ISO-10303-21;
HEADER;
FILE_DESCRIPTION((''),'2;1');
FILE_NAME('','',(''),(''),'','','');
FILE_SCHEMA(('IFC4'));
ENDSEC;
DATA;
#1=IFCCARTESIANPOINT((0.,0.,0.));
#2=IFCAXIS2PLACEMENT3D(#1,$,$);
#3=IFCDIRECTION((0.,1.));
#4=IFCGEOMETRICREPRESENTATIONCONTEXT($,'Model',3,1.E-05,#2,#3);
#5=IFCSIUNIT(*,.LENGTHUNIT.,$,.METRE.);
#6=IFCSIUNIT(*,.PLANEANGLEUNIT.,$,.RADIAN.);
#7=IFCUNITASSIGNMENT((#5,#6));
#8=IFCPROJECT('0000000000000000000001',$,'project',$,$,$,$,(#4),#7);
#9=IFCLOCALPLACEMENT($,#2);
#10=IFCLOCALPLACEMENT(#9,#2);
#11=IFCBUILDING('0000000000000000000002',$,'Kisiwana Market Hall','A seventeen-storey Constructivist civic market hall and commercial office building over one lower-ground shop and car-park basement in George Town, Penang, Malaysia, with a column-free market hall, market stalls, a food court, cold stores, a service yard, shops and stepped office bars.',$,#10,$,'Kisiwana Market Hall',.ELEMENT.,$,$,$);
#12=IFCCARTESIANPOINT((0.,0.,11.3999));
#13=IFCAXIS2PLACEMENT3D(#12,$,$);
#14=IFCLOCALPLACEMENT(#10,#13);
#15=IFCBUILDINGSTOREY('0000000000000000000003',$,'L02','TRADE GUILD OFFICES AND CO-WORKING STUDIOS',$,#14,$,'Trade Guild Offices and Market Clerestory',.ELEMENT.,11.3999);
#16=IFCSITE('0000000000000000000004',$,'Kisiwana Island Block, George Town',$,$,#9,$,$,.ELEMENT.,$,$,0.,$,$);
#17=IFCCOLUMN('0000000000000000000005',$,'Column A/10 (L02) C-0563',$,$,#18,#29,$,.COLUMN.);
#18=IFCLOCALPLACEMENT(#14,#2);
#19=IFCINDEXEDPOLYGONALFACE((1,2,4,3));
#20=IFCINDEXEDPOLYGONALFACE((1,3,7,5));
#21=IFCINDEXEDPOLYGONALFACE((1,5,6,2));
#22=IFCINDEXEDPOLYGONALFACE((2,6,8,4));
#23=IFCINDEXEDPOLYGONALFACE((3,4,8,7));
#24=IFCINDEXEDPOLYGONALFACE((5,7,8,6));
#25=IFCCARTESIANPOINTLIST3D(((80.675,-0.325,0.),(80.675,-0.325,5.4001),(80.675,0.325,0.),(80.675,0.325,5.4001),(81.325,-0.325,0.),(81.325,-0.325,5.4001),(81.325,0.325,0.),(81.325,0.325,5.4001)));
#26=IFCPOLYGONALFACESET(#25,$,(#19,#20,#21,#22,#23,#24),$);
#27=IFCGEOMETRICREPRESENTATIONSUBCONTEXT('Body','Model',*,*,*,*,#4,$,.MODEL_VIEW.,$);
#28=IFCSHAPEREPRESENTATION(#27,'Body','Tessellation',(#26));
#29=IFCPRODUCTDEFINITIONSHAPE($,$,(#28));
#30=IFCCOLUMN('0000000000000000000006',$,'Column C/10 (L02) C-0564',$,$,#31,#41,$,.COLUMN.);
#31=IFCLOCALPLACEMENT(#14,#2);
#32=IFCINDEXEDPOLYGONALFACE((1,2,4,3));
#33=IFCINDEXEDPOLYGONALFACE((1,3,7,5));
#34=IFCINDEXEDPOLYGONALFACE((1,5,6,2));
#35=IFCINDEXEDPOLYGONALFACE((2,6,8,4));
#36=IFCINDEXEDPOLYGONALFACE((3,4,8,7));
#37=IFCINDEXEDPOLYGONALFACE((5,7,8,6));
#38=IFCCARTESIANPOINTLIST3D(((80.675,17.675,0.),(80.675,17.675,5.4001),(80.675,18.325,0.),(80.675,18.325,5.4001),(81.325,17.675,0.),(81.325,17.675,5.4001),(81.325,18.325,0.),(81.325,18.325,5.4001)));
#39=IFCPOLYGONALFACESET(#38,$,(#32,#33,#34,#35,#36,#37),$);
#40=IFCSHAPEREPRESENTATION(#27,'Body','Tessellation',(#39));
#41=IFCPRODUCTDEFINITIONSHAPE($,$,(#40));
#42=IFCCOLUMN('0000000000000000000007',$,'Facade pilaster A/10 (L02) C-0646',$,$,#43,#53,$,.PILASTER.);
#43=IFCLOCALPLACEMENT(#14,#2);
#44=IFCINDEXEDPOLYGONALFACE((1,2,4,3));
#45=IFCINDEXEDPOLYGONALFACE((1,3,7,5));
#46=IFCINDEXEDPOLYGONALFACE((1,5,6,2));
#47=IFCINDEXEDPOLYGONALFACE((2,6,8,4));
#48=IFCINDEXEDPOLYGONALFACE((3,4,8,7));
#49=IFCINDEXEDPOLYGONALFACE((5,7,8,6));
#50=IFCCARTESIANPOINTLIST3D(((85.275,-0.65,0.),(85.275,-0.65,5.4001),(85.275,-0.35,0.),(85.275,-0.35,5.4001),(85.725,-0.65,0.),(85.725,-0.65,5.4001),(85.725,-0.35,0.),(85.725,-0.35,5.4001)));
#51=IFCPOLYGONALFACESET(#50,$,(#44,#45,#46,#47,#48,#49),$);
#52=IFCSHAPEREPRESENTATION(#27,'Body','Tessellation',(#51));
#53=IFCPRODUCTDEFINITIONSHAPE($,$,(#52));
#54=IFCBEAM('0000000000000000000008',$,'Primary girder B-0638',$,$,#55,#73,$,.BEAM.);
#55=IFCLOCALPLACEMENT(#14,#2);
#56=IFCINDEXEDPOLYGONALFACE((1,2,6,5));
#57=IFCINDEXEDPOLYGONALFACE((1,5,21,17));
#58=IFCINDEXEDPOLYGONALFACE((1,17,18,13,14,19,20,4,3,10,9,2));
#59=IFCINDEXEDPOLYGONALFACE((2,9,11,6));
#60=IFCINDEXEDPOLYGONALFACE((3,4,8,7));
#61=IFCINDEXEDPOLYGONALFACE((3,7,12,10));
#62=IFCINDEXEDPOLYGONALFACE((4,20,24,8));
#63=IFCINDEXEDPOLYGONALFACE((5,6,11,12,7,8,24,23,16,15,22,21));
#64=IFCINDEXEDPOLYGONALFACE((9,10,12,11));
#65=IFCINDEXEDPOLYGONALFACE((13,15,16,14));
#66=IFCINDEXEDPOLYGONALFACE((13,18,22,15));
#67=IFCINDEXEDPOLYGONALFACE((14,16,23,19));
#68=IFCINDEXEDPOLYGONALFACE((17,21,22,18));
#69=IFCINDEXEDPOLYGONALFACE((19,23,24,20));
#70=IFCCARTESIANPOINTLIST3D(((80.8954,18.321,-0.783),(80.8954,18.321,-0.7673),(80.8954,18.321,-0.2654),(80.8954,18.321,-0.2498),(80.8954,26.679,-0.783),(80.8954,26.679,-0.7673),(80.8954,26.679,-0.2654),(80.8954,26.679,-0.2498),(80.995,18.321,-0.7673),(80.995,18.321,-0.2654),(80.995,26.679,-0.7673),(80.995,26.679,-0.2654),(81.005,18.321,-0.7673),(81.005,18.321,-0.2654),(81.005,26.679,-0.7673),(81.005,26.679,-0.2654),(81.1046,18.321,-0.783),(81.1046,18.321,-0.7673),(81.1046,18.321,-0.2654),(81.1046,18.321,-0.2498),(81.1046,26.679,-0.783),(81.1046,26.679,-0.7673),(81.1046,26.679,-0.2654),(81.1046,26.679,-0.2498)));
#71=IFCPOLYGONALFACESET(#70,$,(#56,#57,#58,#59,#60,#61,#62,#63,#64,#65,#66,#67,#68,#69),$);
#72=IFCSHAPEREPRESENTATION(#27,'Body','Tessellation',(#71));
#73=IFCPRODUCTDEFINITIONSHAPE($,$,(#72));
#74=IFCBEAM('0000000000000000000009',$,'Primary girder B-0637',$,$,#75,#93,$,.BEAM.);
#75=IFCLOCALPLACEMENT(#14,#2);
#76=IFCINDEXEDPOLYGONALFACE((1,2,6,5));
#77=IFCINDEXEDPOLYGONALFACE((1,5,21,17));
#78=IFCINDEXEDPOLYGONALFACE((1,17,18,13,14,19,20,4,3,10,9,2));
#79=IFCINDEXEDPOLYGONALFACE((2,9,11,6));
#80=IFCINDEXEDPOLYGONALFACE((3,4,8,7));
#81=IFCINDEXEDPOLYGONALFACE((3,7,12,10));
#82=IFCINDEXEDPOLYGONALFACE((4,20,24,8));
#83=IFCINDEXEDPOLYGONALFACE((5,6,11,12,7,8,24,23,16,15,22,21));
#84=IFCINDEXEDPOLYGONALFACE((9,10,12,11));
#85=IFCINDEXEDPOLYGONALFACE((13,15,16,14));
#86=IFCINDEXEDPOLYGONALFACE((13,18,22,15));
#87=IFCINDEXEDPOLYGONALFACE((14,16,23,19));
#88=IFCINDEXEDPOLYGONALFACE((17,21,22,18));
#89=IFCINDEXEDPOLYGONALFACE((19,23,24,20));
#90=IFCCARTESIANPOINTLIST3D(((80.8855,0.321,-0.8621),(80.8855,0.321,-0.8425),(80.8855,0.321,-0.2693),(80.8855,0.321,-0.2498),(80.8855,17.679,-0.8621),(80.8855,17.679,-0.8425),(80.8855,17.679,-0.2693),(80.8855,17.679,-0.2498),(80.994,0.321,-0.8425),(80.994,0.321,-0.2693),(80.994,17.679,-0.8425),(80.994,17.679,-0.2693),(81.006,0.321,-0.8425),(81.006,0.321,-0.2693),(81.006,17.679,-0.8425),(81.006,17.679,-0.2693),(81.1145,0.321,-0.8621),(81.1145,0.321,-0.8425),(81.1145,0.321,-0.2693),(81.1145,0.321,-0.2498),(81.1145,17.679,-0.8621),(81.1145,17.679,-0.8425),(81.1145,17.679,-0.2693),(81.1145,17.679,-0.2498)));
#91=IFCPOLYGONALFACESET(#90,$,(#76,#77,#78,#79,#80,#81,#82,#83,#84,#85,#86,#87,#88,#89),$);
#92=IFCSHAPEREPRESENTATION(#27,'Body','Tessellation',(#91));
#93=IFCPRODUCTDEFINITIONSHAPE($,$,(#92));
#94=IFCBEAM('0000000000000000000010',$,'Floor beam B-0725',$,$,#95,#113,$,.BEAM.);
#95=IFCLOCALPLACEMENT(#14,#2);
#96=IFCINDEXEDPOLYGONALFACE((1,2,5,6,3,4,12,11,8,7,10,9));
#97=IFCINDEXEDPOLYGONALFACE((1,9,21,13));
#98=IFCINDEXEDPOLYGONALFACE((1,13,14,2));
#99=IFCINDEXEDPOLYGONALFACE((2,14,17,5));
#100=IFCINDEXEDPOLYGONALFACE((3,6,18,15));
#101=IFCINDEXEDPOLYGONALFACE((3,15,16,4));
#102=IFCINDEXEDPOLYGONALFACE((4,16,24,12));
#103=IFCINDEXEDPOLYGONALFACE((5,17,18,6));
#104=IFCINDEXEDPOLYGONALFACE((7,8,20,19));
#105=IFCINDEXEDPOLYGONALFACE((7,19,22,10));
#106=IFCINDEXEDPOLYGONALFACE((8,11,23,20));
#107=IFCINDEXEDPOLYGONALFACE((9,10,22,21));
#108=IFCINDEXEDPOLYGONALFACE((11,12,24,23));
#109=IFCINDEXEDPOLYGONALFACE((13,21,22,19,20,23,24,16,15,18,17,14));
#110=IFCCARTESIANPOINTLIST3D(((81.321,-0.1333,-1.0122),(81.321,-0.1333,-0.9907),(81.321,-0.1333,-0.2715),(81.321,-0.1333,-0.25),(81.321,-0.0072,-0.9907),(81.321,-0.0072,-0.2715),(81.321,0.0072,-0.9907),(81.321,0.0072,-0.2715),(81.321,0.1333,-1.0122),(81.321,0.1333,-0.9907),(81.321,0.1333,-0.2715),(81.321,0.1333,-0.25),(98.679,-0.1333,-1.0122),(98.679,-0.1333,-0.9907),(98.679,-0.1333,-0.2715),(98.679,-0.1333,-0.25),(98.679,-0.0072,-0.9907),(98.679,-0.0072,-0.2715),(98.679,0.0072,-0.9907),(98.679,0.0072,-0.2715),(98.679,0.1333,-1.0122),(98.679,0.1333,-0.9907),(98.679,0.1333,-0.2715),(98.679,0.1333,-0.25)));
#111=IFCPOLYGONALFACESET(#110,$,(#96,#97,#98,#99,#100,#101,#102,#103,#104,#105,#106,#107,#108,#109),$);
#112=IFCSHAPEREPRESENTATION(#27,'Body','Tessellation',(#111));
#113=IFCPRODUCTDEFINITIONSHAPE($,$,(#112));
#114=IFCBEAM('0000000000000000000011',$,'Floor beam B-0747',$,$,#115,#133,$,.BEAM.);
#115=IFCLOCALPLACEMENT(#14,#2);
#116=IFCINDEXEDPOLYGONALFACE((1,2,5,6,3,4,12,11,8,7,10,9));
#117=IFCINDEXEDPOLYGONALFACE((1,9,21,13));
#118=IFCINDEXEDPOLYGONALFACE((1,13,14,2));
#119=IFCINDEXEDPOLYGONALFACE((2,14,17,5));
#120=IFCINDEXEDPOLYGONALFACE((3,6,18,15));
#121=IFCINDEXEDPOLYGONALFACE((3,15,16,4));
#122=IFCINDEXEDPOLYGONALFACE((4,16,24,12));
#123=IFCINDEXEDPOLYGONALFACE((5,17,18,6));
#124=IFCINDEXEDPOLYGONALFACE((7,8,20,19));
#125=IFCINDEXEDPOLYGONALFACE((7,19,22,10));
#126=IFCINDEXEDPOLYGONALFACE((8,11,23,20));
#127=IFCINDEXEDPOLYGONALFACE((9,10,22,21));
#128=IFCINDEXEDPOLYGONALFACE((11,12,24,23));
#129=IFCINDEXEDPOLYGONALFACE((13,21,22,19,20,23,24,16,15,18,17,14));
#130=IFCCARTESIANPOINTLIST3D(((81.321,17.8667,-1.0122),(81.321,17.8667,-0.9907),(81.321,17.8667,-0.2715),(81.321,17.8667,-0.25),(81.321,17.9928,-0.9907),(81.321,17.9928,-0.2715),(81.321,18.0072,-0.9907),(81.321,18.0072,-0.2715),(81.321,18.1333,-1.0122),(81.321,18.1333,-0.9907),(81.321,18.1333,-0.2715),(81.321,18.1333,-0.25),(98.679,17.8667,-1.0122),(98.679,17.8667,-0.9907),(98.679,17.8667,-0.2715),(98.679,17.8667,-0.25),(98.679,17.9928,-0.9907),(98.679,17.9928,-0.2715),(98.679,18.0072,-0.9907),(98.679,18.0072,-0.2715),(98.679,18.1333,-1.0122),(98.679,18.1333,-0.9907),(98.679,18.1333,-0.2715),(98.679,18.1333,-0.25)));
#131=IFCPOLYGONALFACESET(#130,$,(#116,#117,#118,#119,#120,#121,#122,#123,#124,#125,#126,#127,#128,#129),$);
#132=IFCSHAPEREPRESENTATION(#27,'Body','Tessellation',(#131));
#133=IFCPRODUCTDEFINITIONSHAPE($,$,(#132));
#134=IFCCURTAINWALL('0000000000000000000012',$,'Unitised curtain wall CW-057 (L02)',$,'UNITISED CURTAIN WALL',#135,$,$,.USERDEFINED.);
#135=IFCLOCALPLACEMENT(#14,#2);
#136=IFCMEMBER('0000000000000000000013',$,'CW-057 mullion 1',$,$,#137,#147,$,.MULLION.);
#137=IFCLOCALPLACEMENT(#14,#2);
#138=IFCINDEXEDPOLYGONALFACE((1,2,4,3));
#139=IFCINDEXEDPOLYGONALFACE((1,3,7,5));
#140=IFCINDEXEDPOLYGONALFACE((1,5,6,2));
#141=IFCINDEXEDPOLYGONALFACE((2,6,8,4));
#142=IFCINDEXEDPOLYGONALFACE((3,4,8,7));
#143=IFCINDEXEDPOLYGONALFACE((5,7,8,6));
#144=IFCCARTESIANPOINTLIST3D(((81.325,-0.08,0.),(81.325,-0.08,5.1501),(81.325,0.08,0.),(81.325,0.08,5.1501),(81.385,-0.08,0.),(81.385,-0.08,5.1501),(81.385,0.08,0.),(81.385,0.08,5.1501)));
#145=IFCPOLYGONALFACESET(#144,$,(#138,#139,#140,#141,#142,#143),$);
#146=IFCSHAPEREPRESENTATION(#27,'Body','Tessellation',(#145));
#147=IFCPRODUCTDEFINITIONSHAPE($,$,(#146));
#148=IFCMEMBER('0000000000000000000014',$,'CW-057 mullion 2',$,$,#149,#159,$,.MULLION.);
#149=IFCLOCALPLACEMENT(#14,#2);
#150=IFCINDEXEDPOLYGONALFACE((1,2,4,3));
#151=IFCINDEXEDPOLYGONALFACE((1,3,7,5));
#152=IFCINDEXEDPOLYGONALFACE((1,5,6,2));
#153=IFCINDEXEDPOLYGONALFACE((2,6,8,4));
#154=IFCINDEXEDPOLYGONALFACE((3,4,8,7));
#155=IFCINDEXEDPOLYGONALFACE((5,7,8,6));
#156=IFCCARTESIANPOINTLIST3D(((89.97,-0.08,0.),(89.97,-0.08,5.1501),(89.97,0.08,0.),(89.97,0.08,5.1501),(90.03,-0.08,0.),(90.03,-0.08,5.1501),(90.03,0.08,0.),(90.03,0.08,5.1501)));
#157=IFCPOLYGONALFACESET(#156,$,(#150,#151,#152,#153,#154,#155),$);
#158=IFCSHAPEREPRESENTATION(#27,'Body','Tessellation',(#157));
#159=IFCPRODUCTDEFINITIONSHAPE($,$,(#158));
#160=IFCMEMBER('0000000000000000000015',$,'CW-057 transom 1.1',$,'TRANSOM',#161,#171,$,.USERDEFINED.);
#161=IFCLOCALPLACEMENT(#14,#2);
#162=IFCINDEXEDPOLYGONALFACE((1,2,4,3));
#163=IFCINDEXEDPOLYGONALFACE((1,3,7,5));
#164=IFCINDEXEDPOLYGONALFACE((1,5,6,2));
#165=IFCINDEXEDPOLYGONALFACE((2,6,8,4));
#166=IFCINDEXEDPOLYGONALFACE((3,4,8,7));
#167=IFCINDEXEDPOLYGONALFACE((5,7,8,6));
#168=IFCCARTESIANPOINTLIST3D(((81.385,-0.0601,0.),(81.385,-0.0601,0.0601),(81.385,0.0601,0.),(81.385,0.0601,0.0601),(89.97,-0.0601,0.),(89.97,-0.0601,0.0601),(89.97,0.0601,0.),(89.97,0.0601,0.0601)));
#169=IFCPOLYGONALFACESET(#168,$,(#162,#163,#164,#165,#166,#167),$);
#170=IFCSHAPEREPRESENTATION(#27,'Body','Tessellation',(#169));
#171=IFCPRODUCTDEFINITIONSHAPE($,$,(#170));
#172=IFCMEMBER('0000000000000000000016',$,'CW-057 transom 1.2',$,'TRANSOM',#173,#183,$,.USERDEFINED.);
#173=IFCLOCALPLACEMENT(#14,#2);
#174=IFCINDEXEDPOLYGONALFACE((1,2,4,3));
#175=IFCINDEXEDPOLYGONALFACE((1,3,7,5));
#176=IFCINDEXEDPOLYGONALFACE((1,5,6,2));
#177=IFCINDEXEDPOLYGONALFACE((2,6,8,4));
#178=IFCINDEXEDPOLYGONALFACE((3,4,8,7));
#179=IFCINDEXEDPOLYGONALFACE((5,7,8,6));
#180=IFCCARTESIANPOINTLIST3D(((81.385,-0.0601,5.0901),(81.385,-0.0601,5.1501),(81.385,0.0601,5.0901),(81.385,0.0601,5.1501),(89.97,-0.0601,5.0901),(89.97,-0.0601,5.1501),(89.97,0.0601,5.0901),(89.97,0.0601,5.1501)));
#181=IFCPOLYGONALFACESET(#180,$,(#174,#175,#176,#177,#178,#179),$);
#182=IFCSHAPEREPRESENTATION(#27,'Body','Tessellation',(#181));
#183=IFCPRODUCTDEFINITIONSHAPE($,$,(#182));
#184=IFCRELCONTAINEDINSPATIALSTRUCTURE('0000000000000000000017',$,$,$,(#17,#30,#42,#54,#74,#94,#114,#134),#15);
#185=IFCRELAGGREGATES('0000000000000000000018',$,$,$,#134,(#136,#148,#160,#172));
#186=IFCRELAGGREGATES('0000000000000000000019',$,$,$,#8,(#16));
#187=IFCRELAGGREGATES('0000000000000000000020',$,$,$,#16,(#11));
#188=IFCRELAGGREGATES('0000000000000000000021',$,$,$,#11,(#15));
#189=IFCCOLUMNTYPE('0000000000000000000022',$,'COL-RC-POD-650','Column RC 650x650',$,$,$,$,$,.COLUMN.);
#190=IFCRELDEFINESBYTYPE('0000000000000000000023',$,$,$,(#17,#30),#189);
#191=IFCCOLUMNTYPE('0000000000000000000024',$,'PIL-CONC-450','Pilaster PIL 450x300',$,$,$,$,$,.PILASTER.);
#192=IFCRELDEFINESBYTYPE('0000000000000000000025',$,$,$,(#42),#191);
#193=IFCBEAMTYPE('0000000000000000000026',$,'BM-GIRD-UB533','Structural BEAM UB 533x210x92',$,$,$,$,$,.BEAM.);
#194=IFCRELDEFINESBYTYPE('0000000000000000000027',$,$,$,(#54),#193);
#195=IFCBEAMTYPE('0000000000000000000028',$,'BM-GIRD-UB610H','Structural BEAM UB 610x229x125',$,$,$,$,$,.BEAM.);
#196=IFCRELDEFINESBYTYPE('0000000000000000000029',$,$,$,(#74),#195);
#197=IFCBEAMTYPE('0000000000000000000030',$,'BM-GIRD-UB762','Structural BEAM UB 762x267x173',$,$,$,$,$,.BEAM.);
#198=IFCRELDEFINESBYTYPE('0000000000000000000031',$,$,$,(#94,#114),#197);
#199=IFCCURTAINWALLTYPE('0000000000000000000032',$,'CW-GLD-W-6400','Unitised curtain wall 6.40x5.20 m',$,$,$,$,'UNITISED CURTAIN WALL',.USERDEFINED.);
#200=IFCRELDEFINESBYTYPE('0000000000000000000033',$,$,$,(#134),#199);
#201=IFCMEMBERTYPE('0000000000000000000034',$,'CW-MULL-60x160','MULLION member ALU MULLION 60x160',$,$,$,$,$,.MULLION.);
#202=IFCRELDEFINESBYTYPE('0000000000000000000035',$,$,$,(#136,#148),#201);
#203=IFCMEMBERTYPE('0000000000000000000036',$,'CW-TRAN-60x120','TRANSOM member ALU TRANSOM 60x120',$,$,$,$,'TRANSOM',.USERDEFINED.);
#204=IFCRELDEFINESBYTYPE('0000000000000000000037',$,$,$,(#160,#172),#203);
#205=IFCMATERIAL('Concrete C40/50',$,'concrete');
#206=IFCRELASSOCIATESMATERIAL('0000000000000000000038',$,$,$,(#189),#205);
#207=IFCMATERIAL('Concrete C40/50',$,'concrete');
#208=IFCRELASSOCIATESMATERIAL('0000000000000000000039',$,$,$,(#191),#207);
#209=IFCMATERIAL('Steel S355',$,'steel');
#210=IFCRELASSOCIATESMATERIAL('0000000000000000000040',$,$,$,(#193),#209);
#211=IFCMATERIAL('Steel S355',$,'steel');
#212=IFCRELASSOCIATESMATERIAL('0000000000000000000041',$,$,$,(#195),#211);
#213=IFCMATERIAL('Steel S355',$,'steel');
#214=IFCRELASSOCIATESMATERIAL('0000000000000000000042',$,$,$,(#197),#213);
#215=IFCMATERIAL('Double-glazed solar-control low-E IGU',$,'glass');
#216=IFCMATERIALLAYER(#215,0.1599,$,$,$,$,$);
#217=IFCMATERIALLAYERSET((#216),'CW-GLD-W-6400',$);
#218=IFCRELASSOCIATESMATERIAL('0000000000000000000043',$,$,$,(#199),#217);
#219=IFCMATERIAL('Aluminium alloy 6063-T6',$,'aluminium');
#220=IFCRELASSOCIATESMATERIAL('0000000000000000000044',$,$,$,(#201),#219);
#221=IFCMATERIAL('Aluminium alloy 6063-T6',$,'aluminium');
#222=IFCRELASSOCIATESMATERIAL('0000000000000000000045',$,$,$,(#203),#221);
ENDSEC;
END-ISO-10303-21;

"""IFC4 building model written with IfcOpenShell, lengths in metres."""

from ifc_helpers import new_model, si_unit, direction, frame, origin, origin_2d, place, context, subcontext, project, spatial, rectangle, i_section, extrude, material, layer, layer_set, material_profile, profile_set, type_object, element, aggregate, save


model = new_model("IFC4")

# Units and contexts
model_context = context("Model", 3, precision=1e-05, world=origin(), true_north=direction((0.0, 1.0)))
body_context = subcontext(model_context, "Body", "Model", "MODEL_VIEW")
ifc_project = project(units=[si_unit("LENGTHUNIT", "METRE"), si_unit("PLANEANGLEUNIT", "RADIAN")], contexts=[model_context])

# Site, building, storey
site_placement = place(None, origin())
site = spatial("IfcSite", under=ifc_project, at=site_placement, Name="Kisiwana Island Block, George Town", CompositionType="ELEMENT", RefElevation=0.0)
building_placement = place(site_placement, origin())
building = spatial("IfcBuilding", under=site, at=building_placement, Name="Kisiwana Market Hall", Description="A seventeen-storey Constructivist civic market hall and commercial office building over one lower-ground shop and car-park basement in George Town, Penang, Malaysia, with a column-free market hall, market stalls, a food court, cold stores, a service yard, shops and stepped office bars.", LongName="Kisiwana Market Hall", CompositionType="ELEMENT")
storey_placement = place(building_placement, frame((0.0, 0.0, 11.3999)))
storey = spatial("IfcBuildingStorey", under=building, at=storey_placement, Name="L02", Description="TRADE GUILD OFFICES AND CO-WORKING STUDIOS", LongName="Trade Guild Offices and Market Clerestory", CompositionType="ELEMENT", Elevation=11.3999)

# Columns
ifc_material_1 = material(Name="Concrete C40/50", Category="concrete")
ifc_material_profile_1 = material_profile(ifc_material_1, rectangle(XDim=0.6499, YDim=0.6499, at=origin_2d()), Name="RC 650x650")
ifc_profile_set_1 = profile_set([ifc_material_profile_1], Name="Concrete C40/50")
column_type_1 = type_object("IfcColumnType", Name="COL-RC-POD-650", Description="Column RC 650x650", PredefinedType="COLUMN", material=ifc_profile_set_1)
for number, where, z_axis, x_axis, name in (
    (1, (81.0, 0.0, 0.0), (0.0, 0.0, 1.0), (1.0, 0.0, 0.0), "Column A/10 (L02) C-0563"),
    (2, (81.0, 18.0, 0.0), (0.0, 0.0, 1.0), (1.0, 0.0, 0.0), "Column C/10 (L02) C-0564"),
):
    element("IfcColumn", number, at=place(storey_placement, frame(where, z_axis=z_axis, x_axis=x_axis)), inside=storey, type_object=column_type_1, Name=name, PredefinedType="COLUMN", context=body_context, shape_type="SweptSolid", body=[
        extrude(rectangle(XDim=0.6499, YDim=0.6499, at=origin_2d()), origin(), (0.0, 0.0, 1.0), 5.4001),
    ])
ifc_material_2 = material(Name="Concrete C40/50", Category="concrete")
ifc_material_profile_2 = material_profile(ifc_material_2, rectangle(XDim=0.45, YDim=0.3, at=origin_2d()), Name="PIL 450x300")
ifc_profile_set_2 = profile_set([ifc_material_profile_2], Name="Concrete C40/50")
column_type_2 = type_object("IfcColumnType", Name="PIL-CONC-450", Description="Pilaster PIL 450x300", PredefinedType="PILASTER", material=ifc_profile_set_2)
column_placement = place(storey_placement, frame((85.5, -0.5, 0.0), z_axis=(0.0, 0.0, 1.0), x_axis=(1.0, 0.0, 0.0)))
element("IfcColumn", 3, at=column_placement, inside=storey, type_object=column_type_2, Name="Facade pilaster A/10 (L02) C-0646", PredefinedType="PILASTER", context=body_context, shape_type="SweptSolid", body=[
    extrude(rectangle(XDim=0.45, YDim=0.3, at=origin_2d()), origin(), (0.0, 0.0, 1.0), 5.4001),
])

# Beams
ifc_material_3 = material(Name="Steel S355", Category="steel")
ifc_material_profile_3 = material_profile(ifc_material_3, i_section(OverallWidth=0.2092, OverallDepth=0.5332, WebThickness=0.01, FlangeThickness=0.0156, at=origin_2d()), Name="UB 533x210x92")
ifc_profile_set_3 = profile_set([ifc_material_profile_3], Name="Steel S355")
beam_type_1 = type_object("IfcBeamType", Name="BM-GIRD-UB533", Description="Structural BEAM UB 533x210x92", PredefinedType="BEAM", material=ifc_profile_set_3)
beam_1_placement = place(storey_placement, frame((81.0, 18.321, -0.5164), z_axis=(0.0, 1.0, 0.0), x_axis=(-1.0, 0.0, 0.0)))
element("IfcBeam", 4, at=beam_1_placement, inside=storey, type_object=beam_type_1, Name="Primary girder B-0638", PredefinedType="BEAM", context=body_context, shape_type="SweptSolid", body=[
    extrude(i_section(OverallWidth=0.2092, OverallDepth=0.5332, WebThickness=0.01, FlangeThickness=0.0156, at=origin_2d()), origin(), (0.0, 0.0, 1.0), 8.3579),
])
ifc_material_4 = material(Name="Steel S355", Category="steel")
ifc_material_profile_4 = material_profile(ifc_material_4, i_section(OverallWidth=0.229, OverallDepth=0.6123, WebThickness=0.012, FlangeThickness=0.0195, at=origin_2d()), Name="UB 610x229x125")
ifc_profile_set_4 = profile_set([ifc_material_profile_4], Name="Steel S355")
beam_type_2 = type_object("IfcBeamType", Name="BM-GIRD-UB610H", Description="Structural BEAM UB 610x229x125", PredefinedType="BEAM", material=ifc_profile_set_4)
beam_2_placement = place(storey_placement, frame((81.0, 0.321, -0.5559), z_axis=(0.0, 1.0, 0.0), x_axis=(-1.0, 0.0, 0.0)))
element("IfcBeam", 5, at=beam_2_placement, inside=storey, type_object=beam_type_2, Name="Primary girder B-0637", PredefinedType="BEAM", context=body_context, shape_type="SweptSolid", body=[
    extrude(i_section(OverallWidth=0.229, OverallDepth=0.6123, WebThickness=0.012, FlangeThickness=0.0195, at=origin_2d()), origin(), (0.0, 0.0, 1.0), 17.3579),
])
ifc_material_5 = material(Name="Steel S355", Category="steel")
ifc_material_profile_5 = material_profile(ifc_material_5, i_section(OverallWidth=0.2666, OverallDepth=0.7622, WebThickness=0.0144, FlangeThickness=0.0215, at=origin_2d()), Name="UB 762x267x173")
ifc_profile_set_5 = profile_set([ifc_material_profile_5], Name="Steel S355")
beam_type_3 = type_object("IfcBeamType", Name="BM-GIRD-UB762", Description="Structural BEAM UB 762x267x173", PredefinedType="BEAM", material=ifc_profile_set_5)
for number, where, z_axis, x_axis, name in (
    (6, (81.321, 0.0, -0.6311), (1.0, 0.0, 0.0), (0.0, 1.0, 0.0), "Floor beam B-0725"),
    (7, (81.321, 18.0, -0.6311), (1.0, 0.0, 0.0), (0.0, 1.0, 0.0), "Floor beam B-0747"),
):
    element("IfcBeam", number, at=place(storey_placement, frame(where, z_axis=z_axis, x_axis=x_axis)), inside=storey, type_object=beam_type_3, Name=name, PredefinedType="BEAM", context=body_context, shape_type="SweptSolid", body=[
        extrude(i_section(OverallWidth=0.2666, OverallDepth=0.7622, WebThickness=0.0144, FlangeThickness=0.0215, at=origin_2d()), origin(), (0.0, 0.0, 1.0), 17.3579),
    ])

# Curtain wall, members
ifc_material_6 = material(Name="Double-glazed solar-control low-E IGU", Category="glass")
ifc_layer_1 = layer(ifc_material_6, 0.1599)
ifc_layer_set_1 = layer_set([ifc_layer_1], Name="CW-GLD-W-6400")
curtain_wall_type = type_object("IfcCurtainWallType", Name="CW-GLD-W-6400", Description="Unitised curtain wall 6.40x5.20 m", ElementType="UNITISED CURTAIN WALL", PredefinedType="USERDEFINED", material=ifc_layer_set_1)
curtain_wall_placement = place(storey_placement, origin())
curtain_wall = element("IfcCurtainWall", 8, at=curtain_wall_placement, inside=storey, type_object=curtain_wall_type, Name="Unitised curtain wall CW-057 (L02)", ObjectType="UNITISED CURTAIN WALL", PredefinedType="USERDEFINED")
ifc_material_7 = material(Name="Aluminium alloy 6063-T6", Category="aluminium")
ifc_material_profile_6 = material_profile(ifc_material_7, rectangle(XDim=0.0601, YDim=0.1599, at=origin_2d()), Name="ALU MULLION 60x160")
ifc_profile_set_6 = profile_set([ifc_material_profile_6], Name="Aluminium alloy 6063-T6")
member_type_1 = type_object("IfcMemberType", Name="CW-MULL-60x160", Description="MULLION member ALU MULLION 60x160", PredefinedType="MULLION", material=ifc_profile_set_6)
member_1_placement = place(storey_placement, frame((81.355, 0.0, 0.0), z_axis=(0.0, 0.0, 1.0), x_axis=(1.0, 0.0, 0.0)))
member_1 = element("IfcMember", 9, at=member_1_placement, type_object=member_type_1, Name="CW-057 mullion 1", PredefinedType="MULLION", context=body_context, shape_type="SweptSolid", body=[
    extrude(rectangle(XDim=0.0601, YDim=0.1599, at=origin_2d()), origin(), (0.0, 0.0, 1.0), 5.1501),
])
member_2_placement = place(storey_placement, frame((90.0, 0.0, 0.0), z_axis=(0.0, 0.0, 1.0), x_axis=(1.0, 0.0, 0.0)))
member_2 = element("IfcMember", 10, at=member_2_placement, type_object=member_type_1, Name="CW-057 mullion 2", PredefinedType="MULLION", context=body_context, shape_type="SweptSolid", body=[
    extrude(rectangle(XDim=0.0601, YDim=0.1599, at=origin_2d()), origin(), (0.0, 0.0, 1.0), 5.1501),
])
ifc_material_8 = material(Name="Aluminium alloy 6063-T6", Category="aluminium")
ifc_material_profile_7 = material_profile(ifc_material_8, rectangle(XDim=0.1201, YDim=0.0601, at=origin_2d()), Name="ALU TRANSOM 60x120")
ifc_profile_set_7 = profile_set([ifc_material_profile_7], Name="Aluminium alloy 6063-T6")
member_type_2 = type_object("IfcMemberType", Name="CW-TRAN-60x120", Description="TRANSOM member ALU TRANSOM 60x120", ElementType="TRANSOM", PredefinedType="USERDEFINED", material=ifc_profile_set_7)
member_3_placement = place(storey_placement, frame((81.385, 0.0, 0.03), z_axis=(1.0, 0.0, 0.0), x_axis=(0.0, 1.0, 0.0)))
member_3 = element("IfcMember", 11, at=member_3_placement, type_object=member_type_2, Name="CW-057 transom 1.1", ObjectType="TRANSOM", PredefinedType="USERDEFINED", context=body_context, shape_type="SweptSolid", body=[
    extrude(rectangle(XDim=0.1201, YDim=0.0601, at=origin_2d()), origin(), (0.0, 0.0, 1.0), 8.585),
])
member_4_placement = place(storey_placement, frame((81.385, 0.0, 5.1201), z_axis=(1.0, 0.0, 0.0), x_axis=(0.0, 1.0, 0.0)))
member_4 = element("IfcMember", 12, at=member_4_placement, type_object=member_type_2, Name="CW-057 transom 1.2", ObjectType="TRANSOM", PredefinedType="USERDEFINED", context=body_context, shape_type="SweptSolid", body=[
    extrude(rectangle(XDim=0.1201, YDim=0.0601, at=origin_2d()), origin(), (0.0, 0.0, 1.0), 8.585),
])
aggregate(curtain_wall, [member_1, member_2, member_3, member_4])

save(model, "model.ifc")
